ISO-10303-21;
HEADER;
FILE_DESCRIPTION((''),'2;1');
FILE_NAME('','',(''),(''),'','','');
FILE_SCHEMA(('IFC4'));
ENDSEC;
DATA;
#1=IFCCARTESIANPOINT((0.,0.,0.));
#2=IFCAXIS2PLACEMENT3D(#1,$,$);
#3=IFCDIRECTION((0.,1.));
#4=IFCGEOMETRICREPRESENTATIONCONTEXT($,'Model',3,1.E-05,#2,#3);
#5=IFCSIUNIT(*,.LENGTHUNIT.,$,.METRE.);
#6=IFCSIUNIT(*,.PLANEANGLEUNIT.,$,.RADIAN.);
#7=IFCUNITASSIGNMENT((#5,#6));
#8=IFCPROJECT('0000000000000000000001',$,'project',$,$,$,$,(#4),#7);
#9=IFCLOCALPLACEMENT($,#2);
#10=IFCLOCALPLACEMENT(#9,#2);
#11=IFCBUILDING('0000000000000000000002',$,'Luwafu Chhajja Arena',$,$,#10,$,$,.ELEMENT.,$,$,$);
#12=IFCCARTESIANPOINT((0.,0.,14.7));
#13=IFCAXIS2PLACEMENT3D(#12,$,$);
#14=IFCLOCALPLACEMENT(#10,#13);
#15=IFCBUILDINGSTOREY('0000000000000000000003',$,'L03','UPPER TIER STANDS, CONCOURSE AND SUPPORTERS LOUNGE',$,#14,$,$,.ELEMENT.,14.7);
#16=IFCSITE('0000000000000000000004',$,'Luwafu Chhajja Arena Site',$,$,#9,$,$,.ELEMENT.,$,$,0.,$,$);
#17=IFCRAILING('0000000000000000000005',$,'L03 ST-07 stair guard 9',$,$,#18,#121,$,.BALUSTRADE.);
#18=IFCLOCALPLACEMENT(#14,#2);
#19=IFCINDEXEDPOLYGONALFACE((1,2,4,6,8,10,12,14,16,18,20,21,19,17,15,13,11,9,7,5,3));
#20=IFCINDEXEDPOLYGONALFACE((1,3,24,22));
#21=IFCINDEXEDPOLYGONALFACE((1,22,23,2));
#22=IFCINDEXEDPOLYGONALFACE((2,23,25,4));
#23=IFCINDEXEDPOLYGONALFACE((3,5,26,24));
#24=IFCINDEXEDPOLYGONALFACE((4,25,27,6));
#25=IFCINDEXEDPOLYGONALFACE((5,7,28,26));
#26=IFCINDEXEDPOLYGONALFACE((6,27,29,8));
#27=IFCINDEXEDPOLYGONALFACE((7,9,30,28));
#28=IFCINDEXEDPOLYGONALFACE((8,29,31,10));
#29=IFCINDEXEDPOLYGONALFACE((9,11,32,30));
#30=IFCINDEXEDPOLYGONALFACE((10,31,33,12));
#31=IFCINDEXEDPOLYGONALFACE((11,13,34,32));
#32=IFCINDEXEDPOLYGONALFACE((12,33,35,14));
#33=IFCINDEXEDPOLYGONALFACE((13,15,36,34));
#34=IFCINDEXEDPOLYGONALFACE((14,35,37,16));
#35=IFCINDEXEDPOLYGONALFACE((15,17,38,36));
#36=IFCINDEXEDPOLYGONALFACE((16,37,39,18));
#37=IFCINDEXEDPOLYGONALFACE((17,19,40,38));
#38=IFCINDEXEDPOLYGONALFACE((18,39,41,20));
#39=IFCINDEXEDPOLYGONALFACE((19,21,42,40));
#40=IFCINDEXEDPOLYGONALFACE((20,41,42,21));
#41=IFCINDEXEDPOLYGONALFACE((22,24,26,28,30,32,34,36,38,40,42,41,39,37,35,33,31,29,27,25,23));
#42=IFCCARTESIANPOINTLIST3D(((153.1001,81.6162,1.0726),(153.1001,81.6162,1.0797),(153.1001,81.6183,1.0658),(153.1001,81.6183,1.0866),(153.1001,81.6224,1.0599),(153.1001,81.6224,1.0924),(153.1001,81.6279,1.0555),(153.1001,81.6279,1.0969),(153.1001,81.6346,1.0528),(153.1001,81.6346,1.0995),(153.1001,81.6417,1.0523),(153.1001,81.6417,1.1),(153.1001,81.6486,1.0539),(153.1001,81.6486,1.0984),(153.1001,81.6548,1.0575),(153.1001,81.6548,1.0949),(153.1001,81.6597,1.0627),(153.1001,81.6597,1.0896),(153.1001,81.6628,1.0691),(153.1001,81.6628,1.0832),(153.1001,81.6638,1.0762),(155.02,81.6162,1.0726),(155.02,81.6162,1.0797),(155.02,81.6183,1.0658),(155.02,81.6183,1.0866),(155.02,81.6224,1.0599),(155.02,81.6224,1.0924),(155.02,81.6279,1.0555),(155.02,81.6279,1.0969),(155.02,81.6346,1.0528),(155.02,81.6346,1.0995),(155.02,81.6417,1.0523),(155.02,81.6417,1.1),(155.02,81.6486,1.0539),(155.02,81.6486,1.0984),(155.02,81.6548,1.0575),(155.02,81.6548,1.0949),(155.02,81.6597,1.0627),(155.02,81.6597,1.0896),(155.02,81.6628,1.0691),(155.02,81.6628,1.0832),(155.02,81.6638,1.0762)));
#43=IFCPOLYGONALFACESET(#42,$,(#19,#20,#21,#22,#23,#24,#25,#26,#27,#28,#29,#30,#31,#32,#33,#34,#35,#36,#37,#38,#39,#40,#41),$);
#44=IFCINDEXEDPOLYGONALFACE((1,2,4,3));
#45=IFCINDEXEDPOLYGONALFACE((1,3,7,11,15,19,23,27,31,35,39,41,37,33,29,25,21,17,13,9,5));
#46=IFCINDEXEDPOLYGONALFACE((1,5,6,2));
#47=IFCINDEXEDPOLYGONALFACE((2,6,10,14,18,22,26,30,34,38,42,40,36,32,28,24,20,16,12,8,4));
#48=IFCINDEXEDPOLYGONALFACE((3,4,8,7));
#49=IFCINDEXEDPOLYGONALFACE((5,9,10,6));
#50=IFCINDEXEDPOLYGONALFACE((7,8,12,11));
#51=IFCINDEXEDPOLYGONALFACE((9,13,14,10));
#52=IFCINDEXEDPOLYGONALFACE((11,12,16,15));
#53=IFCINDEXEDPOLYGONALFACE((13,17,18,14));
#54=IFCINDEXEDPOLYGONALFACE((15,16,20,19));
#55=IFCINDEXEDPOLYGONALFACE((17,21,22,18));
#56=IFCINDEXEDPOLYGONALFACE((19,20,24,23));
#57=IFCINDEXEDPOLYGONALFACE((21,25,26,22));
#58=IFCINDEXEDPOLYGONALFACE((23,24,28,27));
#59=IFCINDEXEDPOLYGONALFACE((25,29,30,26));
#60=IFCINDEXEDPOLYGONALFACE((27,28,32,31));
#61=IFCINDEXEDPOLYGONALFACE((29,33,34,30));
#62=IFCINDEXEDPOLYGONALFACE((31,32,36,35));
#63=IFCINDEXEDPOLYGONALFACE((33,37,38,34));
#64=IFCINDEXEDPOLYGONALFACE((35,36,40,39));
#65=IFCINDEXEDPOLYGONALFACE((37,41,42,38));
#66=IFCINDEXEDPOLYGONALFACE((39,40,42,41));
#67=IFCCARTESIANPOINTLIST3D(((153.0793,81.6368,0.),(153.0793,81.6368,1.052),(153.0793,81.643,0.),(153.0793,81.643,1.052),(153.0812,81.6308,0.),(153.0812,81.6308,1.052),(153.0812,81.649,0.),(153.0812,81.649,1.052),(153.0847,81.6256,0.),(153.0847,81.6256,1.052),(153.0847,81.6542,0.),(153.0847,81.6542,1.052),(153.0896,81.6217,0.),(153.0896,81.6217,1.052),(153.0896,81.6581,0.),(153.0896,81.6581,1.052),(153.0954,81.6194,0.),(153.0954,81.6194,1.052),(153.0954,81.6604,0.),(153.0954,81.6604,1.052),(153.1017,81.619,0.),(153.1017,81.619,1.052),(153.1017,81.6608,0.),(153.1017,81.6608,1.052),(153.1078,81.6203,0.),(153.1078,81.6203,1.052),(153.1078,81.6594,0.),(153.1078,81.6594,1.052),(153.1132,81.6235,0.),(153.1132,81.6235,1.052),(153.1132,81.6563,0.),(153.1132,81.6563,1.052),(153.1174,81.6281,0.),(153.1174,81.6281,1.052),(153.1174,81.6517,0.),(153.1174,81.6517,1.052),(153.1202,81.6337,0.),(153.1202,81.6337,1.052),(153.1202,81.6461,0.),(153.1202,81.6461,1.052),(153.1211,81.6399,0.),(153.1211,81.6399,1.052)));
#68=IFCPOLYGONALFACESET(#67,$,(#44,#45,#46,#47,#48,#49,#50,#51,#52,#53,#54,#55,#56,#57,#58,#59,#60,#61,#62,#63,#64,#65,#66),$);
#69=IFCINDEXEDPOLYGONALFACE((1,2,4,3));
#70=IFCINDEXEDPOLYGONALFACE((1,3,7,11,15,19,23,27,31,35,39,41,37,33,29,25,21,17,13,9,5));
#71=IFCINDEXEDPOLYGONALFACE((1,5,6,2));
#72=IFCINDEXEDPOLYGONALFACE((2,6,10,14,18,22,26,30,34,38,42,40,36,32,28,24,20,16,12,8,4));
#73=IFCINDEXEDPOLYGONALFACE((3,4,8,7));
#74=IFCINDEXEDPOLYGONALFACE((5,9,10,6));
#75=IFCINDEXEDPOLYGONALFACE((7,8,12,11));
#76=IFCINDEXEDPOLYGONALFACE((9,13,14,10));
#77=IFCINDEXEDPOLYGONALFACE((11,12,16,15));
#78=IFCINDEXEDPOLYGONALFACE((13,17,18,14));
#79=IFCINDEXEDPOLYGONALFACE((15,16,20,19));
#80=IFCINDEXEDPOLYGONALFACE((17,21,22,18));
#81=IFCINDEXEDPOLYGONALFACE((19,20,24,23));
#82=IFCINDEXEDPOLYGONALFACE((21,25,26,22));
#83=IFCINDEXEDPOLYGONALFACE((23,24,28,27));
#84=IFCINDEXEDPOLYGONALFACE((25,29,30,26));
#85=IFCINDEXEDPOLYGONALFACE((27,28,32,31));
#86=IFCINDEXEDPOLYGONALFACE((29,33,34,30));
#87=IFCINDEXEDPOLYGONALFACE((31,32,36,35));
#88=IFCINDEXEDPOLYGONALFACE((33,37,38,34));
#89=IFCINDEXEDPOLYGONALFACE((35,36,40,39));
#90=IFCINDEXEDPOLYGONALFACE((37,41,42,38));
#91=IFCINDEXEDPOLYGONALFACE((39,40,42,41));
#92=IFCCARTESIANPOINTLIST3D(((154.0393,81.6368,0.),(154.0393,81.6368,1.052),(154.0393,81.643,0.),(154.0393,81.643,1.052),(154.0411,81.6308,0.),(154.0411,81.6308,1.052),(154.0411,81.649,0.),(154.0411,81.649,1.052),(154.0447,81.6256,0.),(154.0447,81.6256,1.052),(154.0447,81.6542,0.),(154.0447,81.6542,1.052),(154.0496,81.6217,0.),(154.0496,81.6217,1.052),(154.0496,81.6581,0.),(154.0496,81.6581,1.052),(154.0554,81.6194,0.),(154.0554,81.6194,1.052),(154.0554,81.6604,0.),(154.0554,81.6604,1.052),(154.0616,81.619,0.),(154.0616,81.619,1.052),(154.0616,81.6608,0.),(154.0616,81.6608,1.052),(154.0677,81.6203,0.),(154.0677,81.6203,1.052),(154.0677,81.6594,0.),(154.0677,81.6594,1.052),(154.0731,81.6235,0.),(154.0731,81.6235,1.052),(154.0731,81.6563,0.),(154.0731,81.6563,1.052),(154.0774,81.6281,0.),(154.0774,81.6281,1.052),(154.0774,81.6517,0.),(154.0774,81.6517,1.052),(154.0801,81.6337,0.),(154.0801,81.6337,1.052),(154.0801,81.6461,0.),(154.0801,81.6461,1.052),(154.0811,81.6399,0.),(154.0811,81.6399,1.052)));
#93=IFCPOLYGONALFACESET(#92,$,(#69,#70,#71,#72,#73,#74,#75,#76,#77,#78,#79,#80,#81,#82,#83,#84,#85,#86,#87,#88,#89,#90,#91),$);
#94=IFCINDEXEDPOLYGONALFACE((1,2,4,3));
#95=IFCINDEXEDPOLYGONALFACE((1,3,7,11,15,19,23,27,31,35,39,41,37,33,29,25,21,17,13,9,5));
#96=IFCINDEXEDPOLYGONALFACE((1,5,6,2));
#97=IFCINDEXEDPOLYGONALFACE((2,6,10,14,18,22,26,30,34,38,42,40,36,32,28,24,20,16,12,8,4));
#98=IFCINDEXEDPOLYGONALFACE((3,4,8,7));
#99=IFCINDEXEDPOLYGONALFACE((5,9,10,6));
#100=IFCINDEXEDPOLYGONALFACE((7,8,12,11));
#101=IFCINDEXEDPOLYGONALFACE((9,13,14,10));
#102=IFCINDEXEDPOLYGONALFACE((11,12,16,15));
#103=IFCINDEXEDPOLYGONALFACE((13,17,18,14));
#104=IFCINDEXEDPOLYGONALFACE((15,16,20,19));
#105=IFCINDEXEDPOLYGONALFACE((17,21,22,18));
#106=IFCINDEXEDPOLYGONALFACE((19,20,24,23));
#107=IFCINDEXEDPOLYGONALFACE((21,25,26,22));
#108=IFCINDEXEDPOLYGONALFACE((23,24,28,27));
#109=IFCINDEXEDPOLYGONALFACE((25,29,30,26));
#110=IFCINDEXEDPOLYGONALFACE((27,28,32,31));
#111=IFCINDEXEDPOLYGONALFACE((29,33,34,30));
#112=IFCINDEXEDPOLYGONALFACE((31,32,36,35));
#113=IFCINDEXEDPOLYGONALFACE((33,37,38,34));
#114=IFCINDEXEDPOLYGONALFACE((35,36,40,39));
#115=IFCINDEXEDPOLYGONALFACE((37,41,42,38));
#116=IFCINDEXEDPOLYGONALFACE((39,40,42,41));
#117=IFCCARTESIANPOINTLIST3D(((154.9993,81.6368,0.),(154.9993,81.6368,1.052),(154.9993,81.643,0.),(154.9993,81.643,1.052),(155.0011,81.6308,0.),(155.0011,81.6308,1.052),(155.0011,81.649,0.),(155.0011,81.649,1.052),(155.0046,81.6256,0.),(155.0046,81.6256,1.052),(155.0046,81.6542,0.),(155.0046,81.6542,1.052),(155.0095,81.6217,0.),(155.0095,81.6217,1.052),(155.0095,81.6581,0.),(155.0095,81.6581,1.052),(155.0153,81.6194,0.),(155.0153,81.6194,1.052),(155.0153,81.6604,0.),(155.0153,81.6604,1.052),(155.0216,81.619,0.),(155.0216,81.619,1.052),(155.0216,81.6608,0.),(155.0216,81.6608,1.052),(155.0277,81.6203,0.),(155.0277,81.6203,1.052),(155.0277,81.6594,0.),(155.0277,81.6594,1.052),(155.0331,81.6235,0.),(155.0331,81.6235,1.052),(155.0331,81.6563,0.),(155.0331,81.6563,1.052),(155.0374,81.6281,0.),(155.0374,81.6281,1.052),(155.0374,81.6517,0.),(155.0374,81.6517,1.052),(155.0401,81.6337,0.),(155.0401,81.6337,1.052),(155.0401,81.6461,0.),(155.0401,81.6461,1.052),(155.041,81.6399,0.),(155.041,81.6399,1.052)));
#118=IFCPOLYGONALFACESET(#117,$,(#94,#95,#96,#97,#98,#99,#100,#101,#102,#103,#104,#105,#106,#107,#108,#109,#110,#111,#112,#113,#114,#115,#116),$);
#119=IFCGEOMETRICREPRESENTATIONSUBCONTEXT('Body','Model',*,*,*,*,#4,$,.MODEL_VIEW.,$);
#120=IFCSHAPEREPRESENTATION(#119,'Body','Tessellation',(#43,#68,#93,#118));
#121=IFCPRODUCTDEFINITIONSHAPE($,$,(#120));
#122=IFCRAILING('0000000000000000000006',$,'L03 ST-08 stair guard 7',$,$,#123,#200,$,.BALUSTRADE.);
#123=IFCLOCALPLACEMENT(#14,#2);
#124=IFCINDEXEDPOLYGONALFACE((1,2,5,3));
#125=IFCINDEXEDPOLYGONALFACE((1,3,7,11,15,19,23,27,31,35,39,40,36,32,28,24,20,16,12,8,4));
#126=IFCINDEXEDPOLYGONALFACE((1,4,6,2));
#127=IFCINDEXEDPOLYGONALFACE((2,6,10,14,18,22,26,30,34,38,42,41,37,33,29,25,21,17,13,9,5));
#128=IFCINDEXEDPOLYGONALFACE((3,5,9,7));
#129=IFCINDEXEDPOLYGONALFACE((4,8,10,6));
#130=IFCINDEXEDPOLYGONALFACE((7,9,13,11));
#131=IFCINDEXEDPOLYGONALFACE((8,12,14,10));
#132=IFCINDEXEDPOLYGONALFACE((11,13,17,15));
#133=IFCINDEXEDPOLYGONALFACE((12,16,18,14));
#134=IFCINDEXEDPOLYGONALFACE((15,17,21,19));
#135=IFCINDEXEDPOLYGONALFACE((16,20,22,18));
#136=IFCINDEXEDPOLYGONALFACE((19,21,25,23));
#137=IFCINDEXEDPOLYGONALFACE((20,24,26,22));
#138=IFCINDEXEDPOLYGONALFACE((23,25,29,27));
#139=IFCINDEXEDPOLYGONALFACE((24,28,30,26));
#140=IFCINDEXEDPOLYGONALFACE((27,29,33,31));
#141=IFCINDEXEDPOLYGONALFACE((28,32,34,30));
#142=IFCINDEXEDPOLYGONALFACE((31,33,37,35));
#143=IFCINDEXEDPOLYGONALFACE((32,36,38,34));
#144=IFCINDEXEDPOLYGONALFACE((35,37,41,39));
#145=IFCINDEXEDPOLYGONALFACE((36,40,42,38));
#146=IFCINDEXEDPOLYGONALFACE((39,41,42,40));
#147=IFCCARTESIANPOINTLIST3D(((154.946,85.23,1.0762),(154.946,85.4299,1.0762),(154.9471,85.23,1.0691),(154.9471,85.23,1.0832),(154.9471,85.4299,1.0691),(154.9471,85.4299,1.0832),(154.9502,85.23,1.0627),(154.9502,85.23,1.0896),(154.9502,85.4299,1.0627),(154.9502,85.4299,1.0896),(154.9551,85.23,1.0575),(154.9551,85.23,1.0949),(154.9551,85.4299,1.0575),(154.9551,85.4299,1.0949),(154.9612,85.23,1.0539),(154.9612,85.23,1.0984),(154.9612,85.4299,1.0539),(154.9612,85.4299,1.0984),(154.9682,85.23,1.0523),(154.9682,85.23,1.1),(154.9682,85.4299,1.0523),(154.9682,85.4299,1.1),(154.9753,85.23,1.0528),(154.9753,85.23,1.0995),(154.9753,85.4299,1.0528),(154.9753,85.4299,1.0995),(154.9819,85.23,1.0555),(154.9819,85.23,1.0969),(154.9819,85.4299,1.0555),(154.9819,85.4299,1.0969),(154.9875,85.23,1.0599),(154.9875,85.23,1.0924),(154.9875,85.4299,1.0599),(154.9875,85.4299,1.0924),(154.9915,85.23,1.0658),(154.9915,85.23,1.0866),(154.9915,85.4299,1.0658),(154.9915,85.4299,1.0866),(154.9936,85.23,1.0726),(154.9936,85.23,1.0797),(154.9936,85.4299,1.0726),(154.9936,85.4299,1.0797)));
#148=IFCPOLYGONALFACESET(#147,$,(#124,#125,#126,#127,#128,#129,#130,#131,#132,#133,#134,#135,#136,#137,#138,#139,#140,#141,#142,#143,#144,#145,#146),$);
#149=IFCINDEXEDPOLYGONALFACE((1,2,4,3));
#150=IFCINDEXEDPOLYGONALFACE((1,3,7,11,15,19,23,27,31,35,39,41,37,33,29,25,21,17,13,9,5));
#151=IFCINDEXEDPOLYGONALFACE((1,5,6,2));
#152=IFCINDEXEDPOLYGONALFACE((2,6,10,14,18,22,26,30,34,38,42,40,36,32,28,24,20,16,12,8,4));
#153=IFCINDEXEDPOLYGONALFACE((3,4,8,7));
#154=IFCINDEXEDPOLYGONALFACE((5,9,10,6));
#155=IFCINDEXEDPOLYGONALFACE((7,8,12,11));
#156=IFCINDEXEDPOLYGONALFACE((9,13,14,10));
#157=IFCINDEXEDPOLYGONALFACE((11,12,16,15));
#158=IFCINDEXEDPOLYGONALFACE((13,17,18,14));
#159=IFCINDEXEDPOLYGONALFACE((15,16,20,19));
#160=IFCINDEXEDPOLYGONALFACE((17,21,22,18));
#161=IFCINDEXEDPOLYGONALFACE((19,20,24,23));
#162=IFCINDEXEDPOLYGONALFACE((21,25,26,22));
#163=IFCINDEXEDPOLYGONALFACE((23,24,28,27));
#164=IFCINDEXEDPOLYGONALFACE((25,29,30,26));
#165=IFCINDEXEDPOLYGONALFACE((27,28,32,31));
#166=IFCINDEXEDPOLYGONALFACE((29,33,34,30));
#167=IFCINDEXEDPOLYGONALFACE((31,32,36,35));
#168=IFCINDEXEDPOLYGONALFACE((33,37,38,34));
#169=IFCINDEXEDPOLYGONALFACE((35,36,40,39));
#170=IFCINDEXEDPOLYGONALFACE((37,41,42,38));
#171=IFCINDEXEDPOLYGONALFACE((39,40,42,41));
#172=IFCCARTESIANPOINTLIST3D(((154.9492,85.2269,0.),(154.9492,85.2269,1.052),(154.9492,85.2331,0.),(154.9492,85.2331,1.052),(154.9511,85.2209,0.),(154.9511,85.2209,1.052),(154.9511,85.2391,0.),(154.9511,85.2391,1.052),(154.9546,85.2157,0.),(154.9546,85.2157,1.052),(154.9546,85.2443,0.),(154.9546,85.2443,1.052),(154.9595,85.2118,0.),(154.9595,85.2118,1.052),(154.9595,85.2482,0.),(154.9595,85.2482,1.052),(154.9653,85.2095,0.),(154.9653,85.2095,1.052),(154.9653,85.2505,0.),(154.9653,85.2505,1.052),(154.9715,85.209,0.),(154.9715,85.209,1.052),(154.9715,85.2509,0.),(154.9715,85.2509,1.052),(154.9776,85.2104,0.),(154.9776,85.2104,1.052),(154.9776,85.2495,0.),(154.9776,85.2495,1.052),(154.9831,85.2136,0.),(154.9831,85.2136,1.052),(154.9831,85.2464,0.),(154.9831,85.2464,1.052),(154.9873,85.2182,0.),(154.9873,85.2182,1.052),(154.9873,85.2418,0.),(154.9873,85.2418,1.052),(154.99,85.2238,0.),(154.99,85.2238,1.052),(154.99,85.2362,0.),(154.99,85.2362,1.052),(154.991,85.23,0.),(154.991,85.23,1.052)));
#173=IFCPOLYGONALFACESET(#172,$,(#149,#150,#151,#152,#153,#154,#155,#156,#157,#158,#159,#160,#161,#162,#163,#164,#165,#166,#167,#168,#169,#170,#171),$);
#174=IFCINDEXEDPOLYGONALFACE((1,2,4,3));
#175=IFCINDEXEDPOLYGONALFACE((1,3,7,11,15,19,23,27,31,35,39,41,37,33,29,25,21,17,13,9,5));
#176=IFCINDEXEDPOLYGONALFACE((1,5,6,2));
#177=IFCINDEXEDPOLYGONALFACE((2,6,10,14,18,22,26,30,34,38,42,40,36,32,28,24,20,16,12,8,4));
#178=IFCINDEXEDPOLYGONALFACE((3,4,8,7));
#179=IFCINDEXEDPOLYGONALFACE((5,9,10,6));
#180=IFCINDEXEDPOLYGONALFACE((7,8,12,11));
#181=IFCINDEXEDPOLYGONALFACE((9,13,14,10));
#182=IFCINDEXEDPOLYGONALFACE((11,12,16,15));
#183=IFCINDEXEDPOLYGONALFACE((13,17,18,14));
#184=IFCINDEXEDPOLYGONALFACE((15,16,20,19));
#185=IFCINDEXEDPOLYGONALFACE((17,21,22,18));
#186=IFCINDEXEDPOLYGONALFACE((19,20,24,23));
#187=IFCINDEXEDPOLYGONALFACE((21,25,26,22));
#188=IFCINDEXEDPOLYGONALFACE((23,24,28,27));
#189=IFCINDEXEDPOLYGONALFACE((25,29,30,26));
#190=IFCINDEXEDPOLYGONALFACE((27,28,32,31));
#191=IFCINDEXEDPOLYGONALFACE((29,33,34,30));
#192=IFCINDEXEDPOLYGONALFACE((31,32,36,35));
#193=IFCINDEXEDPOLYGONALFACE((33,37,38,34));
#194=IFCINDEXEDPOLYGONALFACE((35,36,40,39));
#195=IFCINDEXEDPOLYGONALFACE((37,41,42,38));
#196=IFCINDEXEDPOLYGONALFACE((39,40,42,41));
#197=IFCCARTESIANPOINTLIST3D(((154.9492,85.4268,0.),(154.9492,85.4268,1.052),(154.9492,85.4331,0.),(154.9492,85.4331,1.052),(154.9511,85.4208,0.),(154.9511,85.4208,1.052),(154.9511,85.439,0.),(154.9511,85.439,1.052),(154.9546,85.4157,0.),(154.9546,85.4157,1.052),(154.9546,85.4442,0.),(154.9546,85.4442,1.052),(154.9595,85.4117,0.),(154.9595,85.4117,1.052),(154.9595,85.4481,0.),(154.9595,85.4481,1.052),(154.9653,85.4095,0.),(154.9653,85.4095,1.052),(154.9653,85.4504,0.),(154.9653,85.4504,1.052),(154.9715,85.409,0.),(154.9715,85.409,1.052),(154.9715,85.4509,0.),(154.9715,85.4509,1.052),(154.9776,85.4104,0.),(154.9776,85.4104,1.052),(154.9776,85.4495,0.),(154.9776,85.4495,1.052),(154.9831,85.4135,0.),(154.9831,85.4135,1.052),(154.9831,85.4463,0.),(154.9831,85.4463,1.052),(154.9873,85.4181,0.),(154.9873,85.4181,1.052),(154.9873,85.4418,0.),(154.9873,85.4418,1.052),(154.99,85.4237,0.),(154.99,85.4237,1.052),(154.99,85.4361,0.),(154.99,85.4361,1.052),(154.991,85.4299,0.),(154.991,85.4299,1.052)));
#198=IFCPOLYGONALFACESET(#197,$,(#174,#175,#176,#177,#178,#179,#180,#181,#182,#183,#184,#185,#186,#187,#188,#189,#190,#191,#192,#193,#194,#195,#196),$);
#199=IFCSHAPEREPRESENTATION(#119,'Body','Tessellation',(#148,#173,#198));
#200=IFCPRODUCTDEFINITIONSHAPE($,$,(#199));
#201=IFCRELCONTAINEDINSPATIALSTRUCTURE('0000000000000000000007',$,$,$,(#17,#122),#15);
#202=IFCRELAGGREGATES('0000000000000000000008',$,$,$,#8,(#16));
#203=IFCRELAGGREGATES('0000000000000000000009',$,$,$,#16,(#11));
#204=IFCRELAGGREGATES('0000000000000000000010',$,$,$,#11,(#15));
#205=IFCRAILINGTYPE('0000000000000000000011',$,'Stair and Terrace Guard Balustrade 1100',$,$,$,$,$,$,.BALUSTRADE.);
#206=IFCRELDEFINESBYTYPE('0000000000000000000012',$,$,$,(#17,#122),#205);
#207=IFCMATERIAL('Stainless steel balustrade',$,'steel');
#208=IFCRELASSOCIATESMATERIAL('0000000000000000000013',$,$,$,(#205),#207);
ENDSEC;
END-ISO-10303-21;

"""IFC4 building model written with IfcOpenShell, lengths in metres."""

from ifc_helpers import new_model, si_unit, direction, frame, origin, origin_2d, place, context, subcontext, project, spatial, circle, extrude, material, type_object, element, save


model = new_model("IFC4")

# Units and contexts
model_context = context("Model", 3, precision=1e-05, world=origin(), true_north=direction((0.0, 1.0)))
body_context = subcontext(model_context, "Body", "Model", "MODEL_VIEW")
ifc_project = project(units=[si_unit("LENGTHUNIT", "METRE"), si_unit("PLANEANGLEUNIT", "RADIAN")], contexts=[model_context])

# Site, building, storey
site_placement = place(None, origin())
site = spatial("IfcSite", under=ifc_project, at=site_placement, Name="Luwafu Chhajja Arena Site", CompositionType="ELEMENT", RefElevation=0.0)
building_placement = place(site_placement, origin())
building = spatial("IfcBuilding", under=site, at=building_placement, Name="Luwafu Chhajja Arena", CompositionType="ELEMENT")
storey_placement = place(building_placement, frame((0.0, 0.0, 14.7)))
storey = spatial("IfcBuildingStorey", under=building, at=storey_placement, Name="L03", Description="UPPER TIER STANDS, CONCOURSE AND SUPPORTERS LOUNGE", CompositionType="ELEMENT", Elevation=14.7)

# Railings
ifc_material_1 = material(Name="Stainless steel balustrade", Category="steel")
railing_type_1 = type_object("IfcRailingType", Name="Stair and Terrace Guard Balustrade 1100", PredefinedType="BALUSTRADE", material=ifc_material_1)
for number, where, name in (
    (1, (153.1001, 81.6399, 0.0), "L03 ST-07 stair guard 9"),
):
    element("IfcRailing", number, at=place(storey_placement, frame(where)), inside=storey, type_object=railing_type_1, Name=name, PredefinedType="BALUSTRADE", context=body_context, shape_type="SweptSolid", body=[
        extrude(circle(Radius=0.0239, at=origin_2d()), frame((0.0, 0.0, 1.0762), z_axis=(1.0, 0.0, 0.0), x_axis=(0.0, 1.0, 0.0)), (0.0, 0.0, 1.0), 1.9199),
        extrude(circle(Radius=0.021, at=origin_2d()), origin(), (0.0, 0.0, 1.0), 1.052),
        extrude(circle(Radius=0.021, at=origin_2d()), frame((0.96, 0.0, 0.0)), (0.0, 0.0, 1.0), 1.052),
        extrude(circle(Radius=0.021, at=origin_2d()), frame((1.9199, 0.0, 0.0)), (0.0, 0.0, 1.0), 1.052),
    ])
railing_1_placement = place(storey_placement, frame((154.97, 85.23, 0.0)))
element("IfcRailing", 2, at=railing_1_placement, inside=storey, type_object=railing_type_1, Name="L03 ST-08 stair guard 7", PredefinedType="BALUSTRADE", context=body_context, shape_type="SweptSolid", body=[
    extrude(circle(Radius=0.0239, at=origin_2d()), frame((0.0, 0.0, 1.0762), z_axis=(0.0, 1.0, 0.0), x_axis=(-1.0, 0.0, 0.0)), (0.0, 0.0, 1.0), 0.2),
    extrude(circle(Radius=0.021, at=origin_2d()), origin(), (0.0, 0.0, 1.0), 1.052),
    extrude(circle(Radius=0.021, at=origin_2d()), frame((0.0, 0.2, 0.0)), (0.0, 0.0, 1.0), 1.052),
])

save(model, "model.ifc")
